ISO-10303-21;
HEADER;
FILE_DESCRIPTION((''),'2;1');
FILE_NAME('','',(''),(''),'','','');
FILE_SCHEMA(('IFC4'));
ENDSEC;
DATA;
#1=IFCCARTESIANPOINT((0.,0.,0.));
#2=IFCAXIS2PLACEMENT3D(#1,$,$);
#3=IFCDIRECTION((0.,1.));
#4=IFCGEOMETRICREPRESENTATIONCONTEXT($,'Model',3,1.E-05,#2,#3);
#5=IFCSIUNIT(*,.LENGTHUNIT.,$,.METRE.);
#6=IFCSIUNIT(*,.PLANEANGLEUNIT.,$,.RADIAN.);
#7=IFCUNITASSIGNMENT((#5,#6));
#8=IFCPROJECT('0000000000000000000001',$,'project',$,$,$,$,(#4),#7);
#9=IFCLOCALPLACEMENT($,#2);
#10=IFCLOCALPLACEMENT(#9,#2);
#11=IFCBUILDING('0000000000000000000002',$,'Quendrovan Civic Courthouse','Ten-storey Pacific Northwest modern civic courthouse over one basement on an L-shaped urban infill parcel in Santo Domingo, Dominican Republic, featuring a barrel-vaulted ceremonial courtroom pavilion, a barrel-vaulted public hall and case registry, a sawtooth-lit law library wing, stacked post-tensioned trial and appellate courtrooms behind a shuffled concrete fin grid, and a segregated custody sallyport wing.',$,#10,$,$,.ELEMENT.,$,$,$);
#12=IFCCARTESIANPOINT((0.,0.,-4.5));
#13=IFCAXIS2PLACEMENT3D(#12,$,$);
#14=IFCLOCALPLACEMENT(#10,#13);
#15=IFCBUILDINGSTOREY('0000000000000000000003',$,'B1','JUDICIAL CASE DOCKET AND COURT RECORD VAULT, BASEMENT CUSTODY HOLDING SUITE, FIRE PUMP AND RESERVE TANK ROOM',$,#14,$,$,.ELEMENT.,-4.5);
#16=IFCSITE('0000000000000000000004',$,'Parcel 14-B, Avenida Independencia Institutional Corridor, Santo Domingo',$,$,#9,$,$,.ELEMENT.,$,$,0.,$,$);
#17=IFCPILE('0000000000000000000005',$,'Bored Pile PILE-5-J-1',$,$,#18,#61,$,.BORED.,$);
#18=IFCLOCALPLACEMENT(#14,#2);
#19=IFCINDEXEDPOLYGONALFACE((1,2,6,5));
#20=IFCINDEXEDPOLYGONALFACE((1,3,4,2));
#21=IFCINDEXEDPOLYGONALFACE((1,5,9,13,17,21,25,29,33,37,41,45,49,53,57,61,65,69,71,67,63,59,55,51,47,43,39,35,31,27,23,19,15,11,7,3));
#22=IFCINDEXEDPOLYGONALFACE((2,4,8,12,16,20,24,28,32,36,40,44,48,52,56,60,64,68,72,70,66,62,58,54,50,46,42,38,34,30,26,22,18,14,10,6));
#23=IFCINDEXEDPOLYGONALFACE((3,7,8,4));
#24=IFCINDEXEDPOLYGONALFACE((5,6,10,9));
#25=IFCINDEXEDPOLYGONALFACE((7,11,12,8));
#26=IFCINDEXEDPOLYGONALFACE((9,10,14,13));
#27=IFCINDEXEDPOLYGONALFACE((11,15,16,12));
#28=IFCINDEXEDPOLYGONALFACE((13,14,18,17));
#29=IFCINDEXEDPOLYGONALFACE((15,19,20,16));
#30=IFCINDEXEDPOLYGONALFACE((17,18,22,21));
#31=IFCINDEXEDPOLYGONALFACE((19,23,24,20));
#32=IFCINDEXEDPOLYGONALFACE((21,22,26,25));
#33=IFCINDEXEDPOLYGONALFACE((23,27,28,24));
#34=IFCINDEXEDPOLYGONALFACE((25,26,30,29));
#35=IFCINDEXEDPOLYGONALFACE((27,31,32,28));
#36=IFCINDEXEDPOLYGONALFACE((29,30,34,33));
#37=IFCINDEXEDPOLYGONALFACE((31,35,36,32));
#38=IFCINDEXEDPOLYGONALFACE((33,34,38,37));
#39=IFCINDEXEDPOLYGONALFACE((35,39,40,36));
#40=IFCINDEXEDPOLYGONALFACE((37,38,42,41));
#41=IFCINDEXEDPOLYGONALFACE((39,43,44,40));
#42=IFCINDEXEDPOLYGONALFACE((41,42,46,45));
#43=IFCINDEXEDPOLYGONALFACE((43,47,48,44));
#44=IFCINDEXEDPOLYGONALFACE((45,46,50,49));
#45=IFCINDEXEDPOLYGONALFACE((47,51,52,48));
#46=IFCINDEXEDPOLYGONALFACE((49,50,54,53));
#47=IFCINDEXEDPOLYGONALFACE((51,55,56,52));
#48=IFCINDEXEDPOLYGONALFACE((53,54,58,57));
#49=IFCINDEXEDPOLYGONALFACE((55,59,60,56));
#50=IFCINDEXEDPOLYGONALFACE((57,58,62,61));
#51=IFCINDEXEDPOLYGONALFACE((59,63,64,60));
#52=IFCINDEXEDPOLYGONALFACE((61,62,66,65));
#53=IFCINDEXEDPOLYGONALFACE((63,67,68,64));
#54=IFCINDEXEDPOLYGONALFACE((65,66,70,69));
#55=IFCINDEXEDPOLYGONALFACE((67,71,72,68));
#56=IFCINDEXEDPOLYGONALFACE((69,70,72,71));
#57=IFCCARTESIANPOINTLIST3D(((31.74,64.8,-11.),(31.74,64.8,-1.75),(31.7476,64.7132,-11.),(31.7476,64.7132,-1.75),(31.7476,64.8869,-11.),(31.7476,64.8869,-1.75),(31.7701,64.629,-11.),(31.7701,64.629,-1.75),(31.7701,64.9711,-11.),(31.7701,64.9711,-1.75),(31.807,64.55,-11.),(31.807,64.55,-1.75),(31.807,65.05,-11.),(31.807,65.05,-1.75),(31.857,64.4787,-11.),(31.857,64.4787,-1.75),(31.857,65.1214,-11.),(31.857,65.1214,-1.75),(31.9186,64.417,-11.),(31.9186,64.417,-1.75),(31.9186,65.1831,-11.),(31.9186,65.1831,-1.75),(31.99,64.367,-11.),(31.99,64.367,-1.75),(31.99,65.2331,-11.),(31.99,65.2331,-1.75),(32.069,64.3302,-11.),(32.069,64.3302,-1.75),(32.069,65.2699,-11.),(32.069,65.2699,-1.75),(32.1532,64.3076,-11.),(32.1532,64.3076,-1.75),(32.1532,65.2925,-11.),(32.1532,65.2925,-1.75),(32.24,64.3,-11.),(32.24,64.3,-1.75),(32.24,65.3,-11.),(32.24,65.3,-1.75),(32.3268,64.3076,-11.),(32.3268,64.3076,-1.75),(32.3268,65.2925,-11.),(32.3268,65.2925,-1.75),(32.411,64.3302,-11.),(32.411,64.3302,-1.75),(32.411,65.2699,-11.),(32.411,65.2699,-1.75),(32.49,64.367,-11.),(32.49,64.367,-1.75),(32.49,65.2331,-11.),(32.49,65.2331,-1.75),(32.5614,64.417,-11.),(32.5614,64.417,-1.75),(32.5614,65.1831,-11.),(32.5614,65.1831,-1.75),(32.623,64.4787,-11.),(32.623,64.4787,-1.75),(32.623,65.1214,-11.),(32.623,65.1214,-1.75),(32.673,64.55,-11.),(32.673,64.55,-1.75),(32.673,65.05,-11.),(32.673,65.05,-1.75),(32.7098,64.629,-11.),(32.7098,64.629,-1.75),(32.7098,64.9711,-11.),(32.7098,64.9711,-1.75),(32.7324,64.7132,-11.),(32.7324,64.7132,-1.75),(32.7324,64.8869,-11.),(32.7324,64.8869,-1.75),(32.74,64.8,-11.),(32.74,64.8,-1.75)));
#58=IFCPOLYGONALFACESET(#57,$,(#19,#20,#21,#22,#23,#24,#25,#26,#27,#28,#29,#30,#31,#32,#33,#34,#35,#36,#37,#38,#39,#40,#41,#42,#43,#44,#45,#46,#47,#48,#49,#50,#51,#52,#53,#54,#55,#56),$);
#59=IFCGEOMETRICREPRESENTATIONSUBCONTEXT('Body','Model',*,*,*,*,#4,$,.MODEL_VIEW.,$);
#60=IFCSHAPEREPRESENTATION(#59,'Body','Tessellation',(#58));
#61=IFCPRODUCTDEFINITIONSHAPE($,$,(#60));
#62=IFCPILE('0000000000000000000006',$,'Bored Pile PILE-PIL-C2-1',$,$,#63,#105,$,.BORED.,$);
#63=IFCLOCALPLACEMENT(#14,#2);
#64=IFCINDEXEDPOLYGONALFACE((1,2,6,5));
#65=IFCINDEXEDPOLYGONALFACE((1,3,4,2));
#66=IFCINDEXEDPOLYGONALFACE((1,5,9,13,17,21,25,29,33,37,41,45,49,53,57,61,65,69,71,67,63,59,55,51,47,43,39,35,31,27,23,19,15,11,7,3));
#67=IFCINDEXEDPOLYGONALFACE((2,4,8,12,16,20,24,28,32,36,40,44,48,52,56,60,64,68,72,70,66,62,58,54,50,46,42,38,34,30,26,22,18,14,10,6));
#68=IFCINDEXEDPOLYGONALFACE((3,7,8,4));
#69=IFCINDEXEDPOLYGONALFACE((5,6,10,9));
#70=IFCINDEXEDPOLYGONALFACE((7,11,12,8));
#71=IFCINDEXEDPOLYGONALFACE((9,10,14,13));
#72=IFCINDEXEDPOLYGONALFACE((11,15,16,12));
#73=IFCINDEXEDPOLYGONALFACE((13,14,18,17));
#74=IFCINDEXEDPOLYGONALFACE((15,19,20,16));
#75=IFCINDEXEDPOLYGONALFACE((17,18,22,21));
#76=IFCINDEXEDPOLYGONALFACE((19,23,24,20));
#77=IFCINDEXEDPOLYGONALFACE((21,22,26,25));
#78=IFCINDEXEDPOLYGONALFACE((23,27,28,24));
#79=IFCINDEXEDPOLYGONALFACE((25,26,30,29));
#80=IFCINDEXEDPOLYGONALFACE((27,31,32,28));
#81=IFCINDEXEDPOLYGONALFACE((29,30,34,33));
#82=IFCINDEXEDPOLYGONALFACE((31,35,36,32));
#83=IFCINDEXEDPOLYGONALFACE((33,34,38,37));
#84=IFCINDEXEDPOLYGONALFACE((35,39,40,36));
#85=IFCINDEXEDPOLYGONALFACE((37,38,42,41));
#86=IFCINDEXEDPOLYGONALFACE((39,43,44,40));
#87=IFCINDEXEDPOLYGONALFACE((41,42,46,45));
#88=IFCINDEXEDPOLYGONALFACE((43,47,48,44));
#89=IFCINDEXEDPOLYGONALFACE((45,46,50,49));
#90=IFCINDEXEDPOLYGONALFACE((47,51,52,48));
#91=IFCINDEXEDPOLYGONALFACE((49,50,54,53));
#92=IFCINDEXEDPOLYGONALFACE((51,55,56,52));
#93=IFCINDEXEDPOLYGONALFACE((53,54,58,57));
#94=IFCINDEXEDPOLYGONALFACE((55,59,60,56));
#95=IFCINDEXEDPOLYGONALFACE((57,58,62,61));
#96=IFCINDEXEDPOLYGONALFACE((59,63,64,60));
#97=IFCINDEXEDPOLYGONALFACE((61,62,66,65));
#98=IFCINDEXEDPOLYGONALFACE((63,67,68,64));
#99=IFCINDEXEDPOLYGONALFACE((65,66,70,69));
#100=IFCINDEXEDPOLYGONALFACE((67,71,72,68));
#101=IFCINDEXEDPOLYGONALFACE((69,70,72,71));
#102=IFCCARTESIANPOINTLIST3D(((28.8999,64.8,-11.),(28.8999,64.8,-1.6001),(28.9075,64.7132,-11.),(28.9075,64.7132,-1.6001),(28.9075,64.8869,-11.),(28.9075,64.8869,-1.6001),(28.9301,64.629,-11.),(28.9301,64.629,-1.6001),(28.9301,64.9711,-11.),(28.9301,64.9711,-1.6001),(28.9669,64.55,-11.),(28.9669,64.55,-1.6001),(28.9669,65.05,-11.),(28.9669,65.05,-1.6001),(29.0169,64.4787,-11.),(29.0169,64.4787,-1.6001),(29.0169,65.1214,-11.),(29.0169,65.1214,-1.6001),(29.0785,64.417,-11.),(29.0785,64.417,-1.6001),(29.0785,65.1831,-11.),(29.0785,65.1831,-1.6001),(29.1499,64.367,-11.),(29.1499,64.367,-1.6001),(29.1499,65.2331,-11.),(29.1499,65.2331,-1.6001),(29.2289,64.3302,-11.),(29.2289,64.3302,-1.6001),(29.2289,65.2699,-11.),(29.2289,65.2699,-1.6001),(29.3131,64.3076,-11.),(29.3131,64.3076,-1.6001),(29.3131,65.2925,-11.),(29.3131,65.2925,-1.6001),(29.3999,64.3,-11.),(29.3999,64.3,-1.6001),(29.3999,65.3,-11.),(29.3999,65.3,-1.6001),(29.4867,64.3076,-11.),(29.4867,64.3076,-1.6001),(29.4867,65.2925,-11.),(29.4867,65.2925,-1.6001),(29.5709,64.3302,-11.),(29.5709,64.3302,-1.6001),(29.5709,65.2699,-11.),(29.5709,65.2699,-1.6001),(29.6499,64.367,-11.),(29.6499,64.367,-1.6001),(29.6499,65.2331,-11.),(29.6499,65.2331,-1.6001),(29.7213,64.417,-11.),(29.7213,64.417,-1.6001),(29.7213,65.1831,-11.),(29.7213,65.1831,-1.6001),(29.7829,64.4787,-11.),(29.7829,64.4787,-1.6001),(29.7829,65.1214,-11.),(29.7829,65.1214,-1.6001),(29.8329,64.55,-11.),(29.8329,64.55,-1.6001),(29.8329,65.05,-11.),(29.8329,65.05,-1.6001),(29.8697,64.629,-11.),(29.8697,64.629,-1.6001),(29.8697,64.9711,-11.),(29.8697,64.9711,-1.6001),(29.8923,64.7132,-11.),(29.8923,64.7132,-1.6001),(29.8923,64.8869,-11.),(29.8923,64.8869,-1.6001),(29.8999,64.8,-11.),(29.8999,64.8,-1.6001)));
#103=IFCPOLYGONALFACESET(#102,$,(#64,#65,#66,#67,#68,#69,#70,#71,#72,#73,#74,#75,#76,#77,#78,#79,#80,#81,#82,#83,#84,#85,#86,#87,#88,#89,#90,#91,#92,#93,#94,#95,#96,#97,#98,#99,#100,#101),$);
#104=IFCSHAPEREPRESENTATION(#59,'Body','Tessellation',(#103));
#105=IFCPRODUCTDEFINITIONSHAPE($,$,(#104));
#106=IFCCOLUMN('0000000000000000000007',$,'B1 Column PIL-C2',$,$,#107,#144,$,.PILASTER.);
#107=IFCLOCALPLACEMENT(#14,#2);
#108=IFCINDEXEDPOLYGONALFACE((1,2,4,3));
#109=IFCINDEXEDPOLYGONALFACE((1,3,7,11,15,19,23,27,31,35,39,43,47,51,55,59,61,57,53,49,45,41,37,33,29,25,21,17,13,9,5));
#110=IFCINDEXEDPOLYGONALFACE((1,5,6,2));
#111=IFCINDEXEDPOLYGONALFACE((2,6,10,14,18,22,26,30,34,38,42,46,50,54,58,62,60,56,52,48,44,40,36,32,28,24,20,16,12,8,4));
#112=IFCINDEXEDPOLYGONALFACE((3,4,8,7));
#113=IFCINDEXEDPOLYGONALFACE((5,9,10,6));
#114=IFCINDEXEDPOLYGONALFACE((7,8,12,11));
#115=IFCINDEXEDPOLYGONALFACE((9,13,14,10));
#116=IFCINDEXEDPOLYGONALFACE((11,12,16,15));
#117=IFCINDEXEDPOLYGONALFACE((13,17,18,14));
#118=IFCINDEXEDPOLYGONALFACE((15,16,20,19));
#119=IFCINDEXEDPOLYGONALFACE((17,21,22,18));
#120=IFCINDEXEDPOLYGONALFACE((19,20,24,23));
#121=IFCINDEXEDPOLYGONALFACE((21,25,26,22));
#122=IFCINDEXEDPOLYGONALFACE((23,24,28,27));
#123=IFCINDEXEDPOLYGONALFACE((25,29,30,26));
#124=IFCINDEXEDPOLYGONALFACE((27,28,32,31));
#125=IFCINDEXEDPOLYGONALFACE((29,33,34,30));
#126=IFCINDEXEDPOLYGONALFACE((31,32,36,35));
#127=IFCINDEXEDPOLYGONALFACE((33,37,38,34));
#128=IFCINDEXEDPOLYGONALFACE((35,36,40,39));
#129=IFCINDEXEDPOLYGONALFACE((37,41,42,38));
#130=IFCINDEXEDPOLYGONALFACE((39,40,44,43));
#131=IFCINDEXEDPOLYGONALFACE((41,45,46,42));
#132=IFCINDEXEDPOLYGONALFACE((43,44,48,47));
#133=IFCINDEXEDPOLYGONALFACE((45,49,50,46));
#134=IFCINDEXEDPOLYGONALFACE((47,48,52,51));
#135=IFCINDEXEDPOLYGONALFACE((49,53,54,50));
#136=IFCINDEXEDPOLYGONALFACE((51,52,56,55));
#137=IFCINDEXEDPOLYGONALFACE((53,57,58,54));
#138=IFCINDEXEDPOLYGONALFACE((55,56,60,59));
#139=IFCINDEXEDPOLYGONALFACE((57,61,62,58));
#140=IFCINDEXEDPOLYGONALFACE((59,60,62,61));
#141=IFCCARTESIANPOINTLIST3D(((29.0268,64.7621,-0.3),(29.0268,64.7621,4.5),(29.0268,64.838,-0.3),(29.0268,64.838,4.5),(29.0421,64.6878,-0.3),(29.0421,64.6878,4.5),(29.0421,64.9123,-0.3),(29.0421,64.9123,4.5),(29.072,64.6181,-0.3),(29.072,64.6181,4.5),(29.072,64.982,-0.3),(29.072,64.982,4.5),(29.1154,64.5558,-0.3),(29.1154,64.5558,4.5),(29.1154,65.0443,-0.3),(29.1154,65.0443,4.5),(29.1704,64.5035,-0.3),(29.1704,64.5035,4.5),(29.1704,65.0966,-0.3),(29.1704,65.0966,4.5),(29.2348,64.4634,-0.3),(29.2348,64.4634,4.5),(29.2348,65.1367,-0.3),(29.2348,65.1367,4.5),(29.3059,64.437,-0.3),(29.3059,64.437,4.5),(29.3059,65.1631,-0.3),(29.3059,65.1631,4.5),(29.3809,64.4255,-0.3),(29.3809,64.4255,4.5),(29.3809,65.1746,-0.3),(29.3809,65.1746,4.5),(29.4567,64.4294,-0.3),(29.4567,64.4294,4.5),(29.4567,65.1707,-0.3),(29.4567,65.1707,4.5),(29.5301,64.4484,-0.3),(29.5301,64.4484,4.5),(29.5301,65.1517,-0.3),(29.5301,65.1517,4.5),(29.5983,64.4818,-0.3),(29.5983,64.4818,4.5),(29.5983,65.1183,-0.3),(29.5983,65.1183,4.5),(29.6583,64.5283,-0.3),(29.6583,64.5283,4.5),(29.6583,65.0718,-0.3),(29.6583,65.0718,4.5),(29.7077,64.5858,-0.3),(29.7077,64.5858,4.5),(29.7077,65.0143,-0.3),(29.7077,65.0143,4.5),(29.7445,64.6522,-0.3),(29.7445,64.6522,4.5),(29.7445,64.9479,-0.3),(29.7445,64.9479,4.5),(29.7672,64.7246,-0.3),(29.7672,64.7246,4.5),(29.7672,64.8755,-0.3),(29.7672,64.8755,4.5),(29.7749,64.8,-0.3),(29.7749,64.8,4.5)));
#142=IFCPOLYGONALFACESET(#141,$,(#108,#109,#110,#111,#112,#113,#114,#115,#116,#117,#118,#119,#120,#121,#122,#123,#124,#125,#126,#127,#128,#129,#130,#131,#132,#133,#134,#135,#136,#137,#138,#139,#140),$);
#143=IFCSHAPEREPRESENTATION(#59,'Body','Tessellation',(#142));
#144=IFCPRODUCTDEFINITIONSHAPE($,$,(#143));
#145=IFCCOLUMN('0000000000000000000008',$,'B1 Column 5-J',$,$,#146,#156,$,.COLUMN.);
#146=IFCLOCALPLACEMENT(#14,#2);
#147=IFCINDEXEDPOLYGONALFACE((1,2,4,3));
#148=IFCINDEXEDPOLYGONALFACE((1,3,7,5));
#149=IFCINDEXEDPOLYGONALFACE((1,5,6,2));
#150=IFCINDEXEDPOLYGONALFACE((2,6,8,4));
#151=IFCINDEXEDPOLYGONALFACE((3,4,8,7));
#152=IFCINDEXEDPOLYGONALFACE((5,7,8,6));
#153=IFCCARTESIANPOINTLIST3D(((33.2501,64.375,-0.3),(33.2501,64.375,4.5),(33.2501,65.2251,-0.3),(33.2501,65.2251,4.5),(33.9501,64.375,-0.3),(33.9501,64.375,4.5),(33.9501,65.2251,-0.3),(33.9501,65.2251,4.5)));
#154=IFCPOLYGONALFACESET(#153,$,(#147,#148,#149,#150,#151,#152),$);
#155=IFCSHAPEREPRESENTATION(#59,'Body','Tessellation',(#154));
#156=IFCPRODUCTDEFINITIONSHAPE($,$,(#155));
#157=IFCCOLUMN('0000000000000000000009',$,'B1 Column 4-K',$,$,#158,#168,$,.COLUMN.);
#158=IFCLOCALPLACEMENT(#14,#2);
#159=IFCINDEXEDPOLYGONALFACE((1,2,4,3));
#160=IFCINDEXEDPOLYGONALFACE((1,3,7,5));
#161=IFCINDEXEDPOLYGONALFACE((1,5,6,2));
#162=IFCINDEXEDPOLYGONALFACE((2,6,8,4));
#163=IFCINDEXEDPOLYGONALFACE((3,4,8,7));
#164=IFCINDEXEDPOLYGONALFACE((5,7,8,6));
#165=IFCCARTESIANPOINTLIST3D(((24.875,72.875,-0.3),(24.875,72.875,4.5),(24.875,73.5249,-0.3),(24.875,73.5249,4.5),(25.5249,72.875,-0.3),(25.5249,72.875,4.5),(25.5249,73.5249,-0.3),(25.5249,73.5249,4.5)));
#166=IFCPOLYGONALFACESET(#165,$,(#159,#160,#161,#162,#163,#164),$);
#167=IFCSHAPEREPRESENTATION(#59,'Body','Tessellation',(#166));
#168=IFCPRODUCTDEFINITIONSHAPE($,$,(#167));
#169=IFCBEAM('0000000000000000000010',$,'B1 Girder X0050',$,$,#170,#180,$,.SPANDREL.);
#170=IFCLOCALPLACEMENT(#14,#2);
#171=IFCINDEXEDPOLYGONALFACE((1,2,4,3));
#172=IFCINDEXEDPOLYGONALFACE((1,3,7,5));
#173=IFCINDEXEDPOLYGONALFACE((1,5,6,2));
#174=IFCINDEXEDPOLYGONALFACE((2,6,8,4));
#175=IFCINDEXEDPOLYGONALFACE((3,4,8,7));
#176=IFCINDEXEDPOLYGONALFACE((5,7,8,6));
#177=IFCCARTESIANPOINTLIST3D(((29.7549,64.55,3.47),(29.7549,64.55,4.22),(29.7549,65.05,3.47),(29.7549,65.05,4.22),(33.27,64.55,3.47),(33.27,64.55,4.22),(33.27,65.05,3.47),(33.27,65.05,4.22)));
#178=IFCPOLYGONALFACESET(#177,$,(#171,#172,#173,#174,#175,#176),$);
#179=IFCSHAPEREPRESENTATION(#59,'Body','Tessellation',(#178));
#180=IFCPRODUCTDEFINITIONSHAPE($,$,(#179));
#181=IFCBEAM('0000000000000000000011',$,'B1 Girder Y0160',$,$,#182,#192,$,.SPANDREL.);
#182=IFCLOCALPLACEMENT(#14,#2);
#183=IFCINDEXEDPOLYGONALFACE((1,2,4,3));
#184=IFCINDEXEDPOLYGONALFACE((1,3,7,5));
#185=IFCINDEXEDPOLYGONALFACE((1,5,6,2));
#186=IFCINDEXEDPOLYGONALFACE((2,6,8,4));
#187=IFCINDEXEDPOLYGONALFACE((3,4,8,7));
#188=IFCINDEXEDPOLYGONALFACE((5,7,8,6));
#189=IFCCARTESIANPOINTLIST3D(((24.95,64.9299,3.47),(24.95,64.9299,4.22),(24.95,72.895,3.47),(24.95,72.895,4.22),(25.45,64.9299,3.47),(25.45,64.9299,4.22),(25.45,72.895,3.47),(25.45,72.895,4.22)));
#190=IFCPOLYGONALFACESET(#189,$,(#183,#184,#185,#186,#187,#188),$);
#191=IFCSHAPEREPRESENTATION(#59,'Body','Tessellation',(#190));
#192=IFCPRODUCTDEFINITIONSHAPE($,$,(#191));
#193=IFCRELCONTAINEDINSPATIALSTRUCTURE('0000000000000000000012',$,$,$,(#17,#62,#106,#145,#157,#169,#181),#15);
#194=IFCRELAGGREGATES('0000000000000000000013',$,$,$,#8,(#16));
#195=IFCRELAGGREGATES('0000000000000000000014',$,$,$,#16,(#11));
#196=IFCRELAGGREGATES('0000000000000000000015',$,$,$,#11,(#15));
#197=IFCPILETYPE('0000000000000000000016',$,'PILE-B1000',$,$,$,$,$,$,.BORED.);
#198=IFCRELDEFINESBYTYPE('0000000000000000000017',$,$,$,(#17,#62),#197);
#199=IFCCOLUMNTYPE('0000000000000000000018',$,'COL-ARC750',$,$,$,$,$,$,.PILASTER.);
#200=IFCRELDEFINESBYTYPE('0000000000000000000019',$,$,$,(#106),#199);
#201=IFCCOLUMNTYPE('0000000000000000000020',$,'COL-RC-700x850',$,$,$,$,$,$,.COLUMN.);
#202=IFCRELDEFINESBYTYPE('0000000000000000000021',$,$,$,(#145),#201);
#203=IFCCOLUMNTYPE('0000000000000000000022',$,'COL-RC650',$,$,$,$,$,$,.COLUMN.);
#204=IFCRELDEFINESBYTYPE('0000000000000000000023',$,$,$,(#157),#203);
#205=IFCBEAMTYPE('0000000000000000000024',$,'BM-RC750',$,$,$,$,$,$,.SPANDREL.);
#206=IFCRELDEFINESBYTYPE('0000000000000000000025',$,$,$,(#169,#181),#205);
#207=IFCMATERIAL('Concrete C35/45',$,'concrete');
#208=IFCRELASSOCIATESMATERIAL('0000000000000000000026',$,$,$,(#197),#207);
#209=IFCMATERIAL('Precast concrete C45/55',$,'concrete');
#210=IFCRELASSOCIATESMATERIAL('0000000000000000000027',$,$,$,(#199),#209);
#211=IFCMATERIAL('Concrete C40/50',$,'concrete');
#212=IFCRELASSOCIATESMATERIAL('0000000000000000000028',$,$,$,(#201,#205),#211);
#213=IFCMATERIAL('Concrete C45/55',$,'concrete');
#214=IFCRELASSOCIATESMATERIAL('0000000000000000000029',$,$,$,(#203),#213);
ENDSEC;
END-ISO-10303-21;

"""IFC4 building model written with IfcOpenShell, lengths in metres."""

from ifc_helpers import new_model, si_unit, direction, frame, origin, origin_2d, place, context, subcontext, project, spatial, rectangle, circle, extrude, material, material_profile, profile_set, type_object, element, save


model = new_model("IFC4")

# Units and contexts
model_context = context("Model", 3, precision=1e-05, world=origin(), true_north=direction((0.0, 1.0)))
body_context = subcontext(model_context, "Body", "Model", "MODEL_VIEW")
ifc_project = project(units=[si_unit("LENGTHUNIT", "METRE"), si_unit("PLANEANGLEUNIT", "RADIAN")], contexts=[model_context])

# Site, building, storey
site_placement = place(None, origin())
site = spatial("IfcSite", under=ifc_project, at=site_placement, Name="Parcel 14-B, Avenida Independencia Institutional Corridor, Santo Domingo", CompositionType="ELEMENT", RefElevation=0.0)
building_placement = place(site_placement, origin())
building = spatial("IfcBuilding", under=site, at=building_placement, Name="Quendrovan Civic Courthouse", Description="Ten-storey Pacific Northwest modern civic courthouse over one basement on an L-shaped urban infill parcel in Santo Domingo, Dominican Republic, featuring a barrel-vaulted ceremonial courtroom pavilion, a barrel-vaulted public hall and case registry, a sawtooth-lit law library wing, stacked post-tensioned trial and appellate courtrooms behind a shuffled concrete fin grid, and a segregated custody sallyport wing.", CompositionType="ELEMENT")
storey_placement = place(building_placement, frame((0.0, 0.0, -4.5)))
storey = spatial("IfcBuildingStorey", under=building, at=storey_placement, Name="B1", Description="JUDICIAL CASE DOCKET AND COURT RECORD VAULT, BASEMENT CUSTODY HOLDING SUITE, FIRE PUMP AND RESERVE TANK ROOM", CompositionType="ELEMENT", Elevation=-4.5)

# Shared definitions
ifc_material_1 = material(Name="Concrete C35/45", Category="concrete")

# Piles
ifc_material_profile_1 = material_profile(ifc_material_1, circle(Radius=0.5, at=origin_2d()), Name="PILE-D1000")
ifc_profile_set_1 = profile_set([ifc_material_profile_1], Name="Concrete C35/45")
pile_type = type_object("IfcPileType", Name="PILE-B1000", PredefinedType="BORED", material=ifc_profile_set_1)
pile_1_placement = place(storey_placement, frame((32.24, 64.8, -1.75), z_axis=(0.0, 0.0, -1.0), x_axis=(1.0, 0.0, 0.0)))
element("IfcPile", 1, at=pile_1_placement, inside=storey, type_object=pile_type, Name="Bored Pile PILE-5-J-1", PredefinedType="BORED", context=body_context, shape_type="SweptSolid", body=[
    extrude(circle(Radius=0.5, at=origin_2d()), origin(), (0.0, 0.0, 1.0), 9.25),
])
pile_2_placement = place(storey_placement, frame((29.3999, 64.8, -1.6001), z_axis=(0.0, 0.0, -1.0), x_axis=(1.0, 0.0, 0.0)))
element("IfcPile", 2, at=pile_2_placement, inside=storey, type_object=pile_type, Name="Bored Pile PILE-PIL-C2-1", PredefinedType="BORED", context=body_context, shape_type="SweptSolid", body=[
    extrude(circle(Radius=0.5, at=origin_2d()), origin(), (0.0, 0.0, 1.0), 9.3999),
])

# Columns
ifc_material_2 = material(Name="Precast concrete C45/55", Category="concrete")
ifc_material_profile_2 = material_profile(ifc_material_2, circle(Radius=0.375, at=origin_2d()), Name="RC-ARCADE-D750")
ifc_profile_set_2 = profile_set([ifc_material_profile_2], Name="Precast concrete C45/55")
column_type_1 = type_object("IfcColumnType", Name="COL-ARC750", PredefinedType="PILASTER", material=ifc_profile_set_2)
column_1_placement = place(storey_placement, frame((29.3999, 64.8, -0.3), z_axis=(0.0, 0.0, 1.0), x_axis=(1.0, 0.0, 0.0)))
element("IfcColumn", 3, at=column_1_placement, inside=storey, type_object=column_type_1, Name="B1 Column PIL-C2", PredefinedType="PILASTER", context=body_context, shape_type="SweptSolid", body=[
    extrude(circle(Radius=0.375, at=origin_2d()), origin(), (0.0, 0.0, 1.0), 4.8),
])
ifc_material_3 = material(Name="Concrete C40/50", Category="concrete")
ifc_material_profile_3 = material_profile(ifc_material_3, rectangle(XDim=0.7, YDim=0.8501, at=origin_2d()), Name="RC-COL-700x850")
ifc_profile_set_3 = profile_set([ifc_material_profile_3], Name="Concrete C40/50")
column_type_2 = type_object("IfcColumnType", Name="COL-RC-700x850", PredefinedType="COLUMN", material=ifc_profile_set_3)
column_2_placement = place(storey_placement, frame((33.6001, 64.8, -0.3), z_axis=(0.0, 0.0, 1.0), x_axis=(1.0, 0.0, 0.0)))
element("IfcColumn", 4, at=column_2_placement, inside=storey, type_object=column_type_2, Name="B1 Column 5-J", PredefinedType="COLUMN", context=body_context, shape_type="SweptSolid", body=[
    extrude(rectangle(XDim=0.7, YDim=0.8501, at=origin_2d()), origin(), (0.0, 0.0, 1.0), 4.8),
])
ifc_material_4 = material(Name="Concrete C45/55", Category="concrete")
ifc_material_profile_4 = material_profile(ifc_material_4, rectangle(XDim=0.6499, YDim=0.6499, at=origin_2d()), Name="RC-COL-650x650")
ifc_profile_set_4 = profile_set([ifc_material_profile_4], Name="Concrete C45/55")
column_type_3 = type_object("IfcColumnType", Name="COL-RC650", PredefinedType="COLUMN", material=ifc_profile_set_4)
column_3_placement = place(storey_placement, frame((25.2, 73.2, -0.3), z_axis=(0.0, 0.0, 1.0), x_axis=(1.0, 0.0, 0.0)))
element("IfcColumn", 5, at=column_3_placement, inside=storey, type_object=column_type_3, Name="B1 Column 4-K", PredefinedType="COLUMN", context=body_context, shape_type="SweptSolid", body=[
    extrude(rectangle(XDim=0.6499, YDim=0.6499, at=origin_2d()), origin(), (0.0, 0.0, 1.0), 4.8),
])

# Beams
ifc_material_profile_5 = material_profile(ifc_material_3, rectangle(XDim=0.5, YDim=0.75, at=origin_2d()), Name="RC-BM-500x750")
ifc_profile_set_5 = profile_set([ifc_material_profile_5], Name="Concrete C40/50")
beam_type_1 = type_object("IfcBeamType", Name="BM-RC750", PredefinedType="SPANDREL", material=ifc_profile_set_5)
beam_1_placement = place(storey_placement, frame((29.7549, 64.8, 3.845), z_axis=(1.0, 0.0, 0.0), x_axis=(0.0, 1.0, 0.0)))
element("IfcBeam", 6, at=beam_1_placement, inside=storey, type_object=beam_type_1, Name="B1 Girder X0050", PredefinedType="SPANDREL", context=body_context, shape_type="SweptSolid", body=[
    extrude(rectangle(XDim=0.5, YDim=0.75, at=origin_2d()), origin(), (0.0, 0.0, 1.0), 3.5151),
])
beam_2_placement = place(storey_placement, frame((25.2, 64.9299, 3.845), z_axis=(0.0, 1.0, 0.0), x_axis=(-1.0, 0.0, 0.0)))
element("IfcBeam", 7, at=beam_2_placement, inside=storey, type_object=beam_type_1, Name="B1 Girder Y0160", PredefinedType="SPANDREL", context=body_context, shape_type="SweptSolid", body=[
    extrude(rectangle(XDim=0.5, YDim=0.75, at=origin_2d()), origin(), (0.0, 0.0, 1.0), 7.9651),
])

save(model, "model.ifc")
